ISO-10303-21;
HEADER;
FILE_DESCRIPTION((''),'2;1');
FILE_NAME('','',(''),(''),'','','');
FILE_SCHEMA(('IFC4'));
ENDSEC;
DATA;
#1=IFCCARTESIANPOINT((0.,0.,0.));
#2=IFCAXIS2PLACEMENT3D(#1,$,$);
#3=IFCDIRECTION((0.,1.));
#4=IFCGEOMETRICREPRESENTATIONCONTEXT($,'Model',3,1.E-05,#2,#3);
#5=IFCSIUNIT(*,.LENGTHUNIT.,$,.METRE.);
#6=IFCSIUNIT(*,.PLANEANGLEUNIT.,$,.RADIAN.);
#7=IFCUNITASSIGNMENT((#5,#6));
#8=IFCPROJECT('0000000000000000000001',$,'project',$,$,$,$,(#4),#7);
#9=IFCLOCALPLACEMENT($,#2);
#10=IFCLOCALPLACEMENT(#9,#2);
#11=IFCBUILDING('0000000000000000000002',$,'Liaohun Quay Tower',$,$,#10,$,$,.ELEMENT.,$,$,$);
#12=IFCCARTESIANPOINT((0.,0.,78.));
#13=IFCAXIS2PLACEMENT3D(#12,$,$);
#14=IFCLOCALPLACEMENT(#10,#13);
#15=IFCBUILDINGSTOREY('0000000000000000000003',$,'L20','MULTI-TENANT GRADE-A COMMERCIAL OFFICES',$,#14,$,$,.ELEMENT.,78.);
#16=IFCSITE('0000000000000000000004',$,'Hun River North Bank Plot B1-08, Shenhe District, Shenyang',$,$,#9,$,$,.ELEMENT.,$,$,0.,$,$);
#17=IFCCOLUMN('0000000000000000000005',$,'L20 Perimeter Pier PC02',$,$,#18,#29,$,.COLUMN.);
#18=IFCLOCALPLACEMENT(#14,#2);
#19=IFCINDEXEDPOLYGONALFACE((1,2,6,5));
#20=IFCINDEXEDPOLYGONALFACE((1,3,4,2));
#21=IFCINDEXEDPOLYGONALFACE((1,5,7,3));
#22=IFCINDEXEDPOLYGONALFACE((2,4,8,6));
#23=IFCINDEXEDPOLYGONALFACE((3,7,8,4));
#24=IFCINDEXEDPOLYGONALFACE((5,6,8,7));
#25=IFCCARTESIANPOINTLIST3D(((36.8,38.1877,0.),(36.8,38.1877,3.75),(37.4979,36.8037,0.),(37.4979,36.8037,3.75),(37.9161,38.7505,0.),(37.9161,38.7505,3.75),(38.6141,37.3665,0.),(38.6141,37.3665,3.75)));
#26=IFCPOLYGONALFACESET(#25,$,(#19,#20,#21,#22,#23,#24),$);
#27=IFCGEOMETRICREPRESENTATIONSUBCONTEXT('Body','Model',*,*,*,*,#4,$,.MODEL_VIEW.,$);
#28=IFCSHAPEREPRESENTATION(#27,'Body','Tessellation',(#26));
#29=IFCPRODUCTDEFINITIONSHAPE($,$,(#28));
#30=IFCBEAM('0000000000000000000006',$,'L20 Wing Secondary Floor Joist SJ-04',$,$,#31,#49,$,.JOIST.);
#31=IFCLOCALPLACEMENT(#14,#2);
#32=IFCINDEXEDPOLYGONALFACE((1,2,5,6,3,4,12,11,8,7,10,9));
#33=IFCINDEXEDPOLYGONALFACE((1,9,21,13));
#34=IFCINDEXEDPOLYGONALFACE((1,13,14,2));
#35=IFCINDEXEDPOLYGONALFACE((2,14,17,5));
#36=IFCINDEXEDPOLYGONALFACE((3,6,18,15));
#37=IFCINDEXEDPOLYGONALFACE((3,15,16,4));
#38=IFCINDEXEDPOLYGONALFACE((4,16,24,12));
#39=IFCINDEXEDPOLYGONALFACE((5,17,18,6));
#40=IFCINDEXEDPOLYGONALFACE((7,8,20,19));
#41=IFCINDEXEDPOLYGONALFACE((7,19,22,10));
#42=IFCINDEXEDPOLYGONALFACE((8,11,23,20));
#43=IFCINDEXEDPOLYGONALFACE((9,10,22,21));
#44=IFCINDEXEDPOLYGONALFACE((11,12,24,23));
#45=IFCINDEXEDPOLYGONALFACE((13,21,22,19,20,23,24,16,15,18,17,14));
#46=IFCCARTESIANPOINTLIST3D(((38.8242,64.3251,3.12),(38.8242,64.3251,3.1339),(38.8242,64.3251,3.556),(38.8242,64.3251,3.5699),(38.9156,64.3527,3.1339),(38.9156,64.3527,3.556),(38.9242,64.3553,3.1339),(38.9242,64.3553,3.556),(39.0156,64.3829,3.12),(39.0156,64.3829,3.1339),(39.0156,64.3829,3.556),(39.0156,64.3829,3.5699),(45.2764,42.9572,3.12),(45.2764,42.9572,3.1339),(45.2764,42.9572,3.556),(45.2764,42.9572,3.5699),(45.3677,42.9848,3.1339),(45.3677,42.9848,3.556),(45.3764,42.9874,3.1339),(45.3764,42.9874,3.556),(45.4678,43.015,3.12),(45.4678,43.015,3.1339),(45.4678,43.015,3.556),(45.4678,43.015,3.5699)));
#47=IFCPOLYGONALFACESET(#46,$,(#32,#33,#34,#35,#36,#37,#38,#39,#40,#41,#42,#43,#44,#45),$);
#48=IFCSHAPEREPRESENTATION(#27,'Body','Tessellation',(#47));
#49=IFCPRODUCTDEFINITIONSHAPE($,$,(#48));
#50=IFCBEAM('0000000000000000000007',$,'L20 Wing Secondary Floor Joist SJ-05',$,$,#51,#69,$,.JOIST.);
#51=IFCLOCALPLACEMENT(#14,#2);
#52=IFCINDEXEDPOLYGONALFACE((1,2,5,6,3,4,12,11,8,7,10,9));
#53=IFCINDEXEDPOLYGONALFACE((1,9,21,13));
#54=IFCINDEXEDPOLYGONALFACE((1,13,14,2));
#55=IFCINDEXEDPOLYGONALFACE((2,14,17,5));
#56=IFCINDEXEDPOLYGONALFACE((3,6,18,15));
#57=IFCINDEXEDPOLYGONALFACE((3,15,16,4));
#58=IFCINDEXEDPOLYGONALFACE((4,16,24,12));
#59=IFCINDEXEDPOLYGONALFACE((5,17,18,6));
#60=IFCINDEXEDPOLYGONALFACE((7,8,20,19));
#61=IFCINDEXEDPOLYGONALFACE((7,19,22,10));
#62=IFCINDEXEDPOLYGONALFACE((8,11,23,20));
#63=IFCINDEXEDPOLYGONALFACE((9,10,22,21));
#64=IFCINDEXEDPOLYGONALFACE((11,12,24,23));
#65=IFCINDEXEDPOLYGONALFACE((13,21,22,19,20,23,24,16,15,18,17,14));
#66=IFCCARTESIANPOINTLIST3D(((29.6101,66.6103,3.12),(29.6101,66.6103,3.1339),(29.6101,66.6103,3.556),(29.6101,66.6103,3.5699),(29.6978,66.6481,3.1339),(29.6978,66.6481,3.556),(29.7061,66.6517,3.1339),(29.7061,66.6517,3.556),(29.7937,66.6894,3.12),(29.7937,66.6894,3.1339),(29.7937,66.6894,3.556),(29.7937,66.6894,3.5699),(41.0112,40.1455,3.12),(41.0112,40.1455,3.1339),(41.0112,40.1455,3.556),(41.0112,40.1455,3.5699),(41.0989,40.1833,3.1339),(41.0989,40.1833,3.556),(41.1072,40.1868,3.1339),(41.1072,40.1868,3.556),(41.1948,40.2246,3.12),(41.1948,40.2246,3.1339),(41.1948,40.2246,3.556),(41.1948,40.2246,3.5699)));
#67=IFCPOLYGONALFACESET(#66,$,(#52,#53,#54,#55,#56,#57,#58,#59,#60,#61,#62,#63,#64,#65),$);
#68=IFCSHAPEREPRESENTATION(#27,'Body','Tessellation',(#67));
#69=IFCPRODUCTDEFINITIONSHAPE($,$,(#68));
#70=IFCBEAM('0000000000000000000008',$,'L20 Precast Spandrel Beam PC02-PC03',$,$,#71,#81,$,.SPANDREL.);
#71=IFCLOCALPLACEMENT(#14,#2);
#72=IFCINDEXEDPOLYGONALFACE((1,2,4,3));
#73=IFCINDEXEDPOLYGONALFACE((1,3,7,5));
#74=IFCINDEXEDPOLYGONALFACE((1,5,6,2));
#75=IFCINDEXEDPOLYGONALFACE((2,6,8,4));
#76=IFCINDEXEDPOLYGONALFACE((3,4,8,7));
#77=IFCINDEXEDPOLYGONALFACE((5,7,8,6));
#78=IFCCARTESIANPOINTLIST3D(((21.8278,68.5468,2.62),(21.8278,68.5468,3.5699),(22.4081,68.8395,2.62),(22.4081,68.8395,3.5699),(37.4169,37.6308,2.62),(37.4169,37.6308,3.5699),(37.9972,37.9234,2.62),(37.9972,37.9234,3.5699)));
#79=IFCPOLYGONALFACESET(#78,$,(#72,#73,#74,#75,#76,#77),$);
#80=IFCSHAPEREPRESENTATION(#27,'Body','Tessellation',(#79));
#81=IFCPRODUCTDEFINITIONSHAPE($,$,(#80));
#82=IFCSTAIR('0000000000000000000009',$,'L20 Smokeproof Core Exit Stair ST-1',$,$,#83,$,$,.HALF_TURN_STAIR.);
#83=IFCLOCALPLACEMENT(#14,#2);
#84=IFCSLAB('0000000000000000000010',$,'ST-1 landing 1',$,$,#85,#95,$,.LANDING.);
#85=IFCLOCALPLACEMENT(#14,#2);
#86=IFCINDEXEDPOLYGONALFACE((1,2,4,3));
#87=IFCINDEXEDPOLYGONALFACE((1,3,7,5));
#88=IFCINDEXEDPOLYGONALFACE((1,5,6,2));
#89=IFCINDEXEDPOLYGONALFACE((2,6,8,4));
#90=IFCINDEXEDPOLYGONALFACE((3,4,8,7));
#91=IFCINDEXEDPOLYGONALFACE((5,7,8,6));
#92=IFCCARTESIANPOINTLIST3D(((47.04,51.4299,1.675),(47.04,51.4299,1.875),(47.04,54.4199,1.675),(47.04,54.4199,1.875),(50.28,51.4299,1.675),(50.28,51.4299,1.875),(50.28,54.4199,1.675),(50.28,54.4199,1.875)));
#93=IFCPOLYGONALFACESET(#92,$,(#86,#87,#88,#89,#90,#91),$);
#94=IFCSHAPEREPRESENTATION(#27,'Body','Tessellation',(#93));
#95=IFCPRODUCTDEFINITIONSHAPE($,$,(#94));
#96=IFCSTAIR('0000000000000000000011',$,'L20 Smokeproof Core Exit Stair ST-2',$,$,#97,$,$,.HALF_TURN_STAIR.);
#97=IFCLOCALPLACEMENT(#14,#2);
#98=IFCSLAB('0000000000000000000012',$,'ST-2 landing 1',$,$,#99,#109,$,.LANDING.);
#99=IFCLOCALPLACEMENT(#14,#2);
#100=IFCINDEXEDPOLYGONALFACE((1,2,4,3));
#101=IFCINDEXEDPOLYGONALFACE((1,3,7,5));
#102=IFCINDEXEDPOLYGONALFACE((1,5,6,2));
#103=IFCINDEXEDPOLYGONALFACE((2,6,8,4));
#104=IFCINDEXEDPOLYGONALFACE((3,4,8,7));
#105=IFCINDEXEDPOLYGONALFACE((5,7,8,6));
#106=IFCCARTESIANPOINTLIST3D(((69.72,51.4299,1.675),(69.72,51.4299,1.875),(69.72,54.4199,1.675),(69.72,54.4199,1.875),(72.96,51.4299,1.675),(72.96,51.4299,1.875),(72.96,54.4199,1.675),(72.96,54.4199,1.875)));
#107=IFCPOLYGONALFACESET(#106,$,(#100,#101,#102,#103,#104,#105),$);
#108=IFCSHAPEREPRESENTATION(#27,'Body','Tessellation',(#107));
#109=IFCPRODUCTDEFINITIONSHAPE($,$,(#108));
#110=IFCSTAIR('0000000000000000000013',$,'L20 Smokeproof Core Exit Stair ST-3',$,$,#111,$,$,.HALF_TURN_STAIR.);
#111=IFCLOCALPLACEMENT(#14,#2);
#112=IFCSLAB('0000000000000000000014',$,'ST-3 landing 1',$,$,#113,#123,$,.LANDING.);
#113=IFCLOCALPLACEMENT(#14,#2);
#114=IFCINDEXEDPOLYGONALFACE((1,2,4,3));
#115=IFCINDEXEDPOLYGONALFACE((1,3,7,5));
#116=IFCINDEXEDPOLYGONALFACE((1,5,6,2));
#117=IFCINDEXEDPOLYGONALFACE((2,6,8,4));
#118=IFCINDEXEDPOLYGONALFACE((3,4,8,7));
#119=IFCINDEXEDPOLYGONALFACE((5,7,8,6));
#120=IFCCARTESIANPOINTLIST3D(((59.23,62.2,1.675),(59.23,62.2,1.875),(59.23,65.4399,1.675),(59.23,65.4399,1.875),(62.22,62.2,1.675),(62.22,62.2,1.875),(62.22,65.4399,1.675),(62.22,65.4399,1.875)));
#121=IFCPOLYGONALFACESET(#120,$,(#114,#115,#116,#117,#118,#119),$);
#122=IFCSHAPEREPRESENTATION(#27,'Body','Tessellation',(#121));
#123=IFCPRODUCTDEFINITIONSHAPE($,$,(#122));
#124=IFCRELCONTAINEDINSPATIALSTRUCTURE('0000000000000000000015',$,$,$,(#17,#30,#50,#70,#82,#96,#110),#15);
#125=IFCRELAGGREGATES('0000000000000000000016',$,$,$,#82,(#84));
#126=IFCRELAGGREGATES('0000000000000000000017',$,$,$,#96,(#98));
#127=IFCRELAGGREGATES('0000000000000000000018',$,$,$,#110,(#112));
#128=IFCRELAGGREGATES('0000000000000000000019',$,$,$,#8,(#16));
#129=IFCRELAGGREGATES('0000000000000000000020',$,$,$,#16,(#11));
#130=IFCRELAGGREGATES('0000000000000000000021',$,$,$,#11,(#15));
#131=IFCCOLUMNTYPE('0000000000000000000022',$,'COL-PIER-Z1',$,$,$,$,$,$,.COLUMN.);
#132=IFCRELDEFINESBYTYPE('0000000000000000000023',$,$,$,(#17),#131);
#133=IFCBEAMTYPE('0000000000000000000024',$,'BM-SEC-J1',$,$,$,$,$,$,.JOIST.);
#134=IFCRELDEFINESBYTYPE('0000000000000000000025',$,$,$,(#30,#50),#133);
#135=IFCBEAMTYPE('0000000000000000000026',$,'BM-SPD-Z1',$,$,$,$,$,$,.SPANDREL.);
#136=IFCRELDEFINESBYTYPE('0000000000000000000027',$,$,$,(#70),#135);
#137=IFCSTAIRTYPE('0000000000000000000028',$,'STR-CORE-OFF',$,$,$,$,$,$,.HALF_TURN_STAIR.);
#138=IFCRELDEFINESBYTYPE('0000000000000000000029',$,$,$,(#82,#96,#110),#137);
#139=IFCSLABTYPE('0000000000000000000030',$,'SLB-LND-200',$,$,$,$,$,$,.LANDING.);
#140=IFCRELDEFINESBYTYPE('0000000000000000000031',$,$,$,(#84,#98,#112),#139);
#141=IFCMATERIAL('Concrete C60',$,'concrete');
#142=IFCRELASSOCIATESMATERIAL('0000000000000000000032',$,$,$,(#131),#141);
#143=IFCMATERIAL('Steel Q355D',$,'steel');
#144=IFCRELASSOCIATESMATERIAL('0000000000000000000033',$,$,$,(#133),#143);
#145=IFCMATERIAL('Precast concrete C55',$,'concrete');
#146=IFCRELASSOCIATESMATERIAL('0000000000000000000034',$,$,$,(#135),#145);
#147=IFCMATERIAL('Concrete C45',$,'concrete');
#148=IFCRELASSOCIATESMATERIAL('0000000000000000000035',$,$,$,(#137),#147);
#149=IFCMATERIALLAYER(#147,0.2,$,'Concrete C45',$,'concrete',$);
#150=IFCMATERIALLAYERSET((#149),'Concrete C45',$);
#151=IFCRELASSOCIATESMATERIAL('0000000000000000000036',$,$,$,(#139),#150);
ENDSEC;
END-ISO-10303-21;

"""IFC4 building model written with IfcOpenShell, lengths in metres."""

from ifc_helpers import new_model, si_unit, direction, frame, origin, origin_2d, place, context, subcontext, project, spatial, polyline, rectangle, i_section, outline, extrude, source, transform, mapped, material, layer, layer_set, material_profile, profile_set, type_object, element, aggregate, save


model = new_model("IFC4")

# Units and contexts
model_context = context("Model", 3, precision=1e-05, world=origin(), true_north=direction((0.0, 1.0)))
body_context = subcontext(model_context, "Body", "Model", "MODEL_VIEW")
ifc_project = project(units=[si_unit("LENGTHUNIT", "METRE"), si_unit("PLANEANGLEUNIT", "RADIAN")], contexts=[model_context])

# Site, building, storey
site_placement = place(None, origin())
site = spatial("IfcSite", under=ifc_project, at=site_placement, Name="Hun River North Bank Plot B1-08, Shenhe District, Shenyang", CompositionType="ELEMENT", RefElevation=0.0)
building_placement = place(site_placement, origin())
building = spatial("IfcBuilding", under=site, at=building_placement, Name="Liaohun Quay Tower", CompositionType="ELEMENT")
storey_placement = place(building_placement, frame((0.0, 0.0, 78.0)))
storey = spatial("IfcBuildingStorey", under=building, at=storey_placement, Name="L20", Description="MULTI-TENANT GRADE-A COMMERCIAL OFFICES", CompositionType="ELEMENT", Elevation=78.0)

# Column
ifc_material_1 = material(Name="Concrete C60", Category="concrete")
ifc_material_profile_1 = material_profile(ifc_material_1, rectangle(XDim=1.55, YDim=1.25, at=origin_2d()), Name="RC1550x1250")
ifc_profile_set_1 = profile_set([ifc_material_profile_1], Name="Concrete C60")
column_type = type_object("IfcColumnType", Name="COL-PIER-Z1", PredefinedType="COLUMN", material=ifc_profile_set_1)
shared_shape_1 = source(origin(), body_context, "Body", "SweptSolid", [
    extrude(rectangle(XDim=1.55, YDim=1.25, at=origin_2d()), origin(), (0.0, 0.0, 1.0), 3.75),
])
column_placement = place(storey_placement, frame((37.707, 37.7771, 0.0), z_axis=(0.0, 0.0, 1.0), x_axis=(-0.450254, 0.8929, 0.0)))
element("IfcColumn", 1, at=column_placement, inside=storey, type_object=column_type, Name="L20 Perimeter Pier PC02", PredefinedType="COLUMN", context=body_context, shape_type="MappedRepresentation", body=[
    mapped(shared_shape_1, transform((0.0, 0.0, 0.0), x_axis=(1.0, 0.0, 0.0), y_axis=(0.0, 1.0, 0.0), z_axis=(0.0, 0.0, 1.0), scale=1.0)),
])

# Beams
ifc_material_2 = material(Name="Steel Q355D", Category="steel")
ifc_material_profile_2 = material_profile(ifc_material_2, i_section(OverallWidth=0.2, OverallDepth=0.45, WebThickness=0.009, FlangeThickness=0.0139, at=origin_2d()), Name="HN450x200x9x14")
ifc_profile_set_2 = profile_set([ifc_material_profile_2], Name="Steel Q355D")
beam_type_1 = type_object("IfcBeamType", Name="BM-SEC-J1", PredefinedType="JOIST", material=ifc_profile_set_2)
shared_shape_2 = source(origin(), body_context, "Body", "SweptSolid", [
    extrude(i_section(OverallWidth=0.2, OverallDepth=0.45, WebThickness=0.009, FlangeThickness=0.0139, at=origin_2d()), origin(), (0.0, 0.0, 1.0), 22.3208),
])
beam_1_placement = place(storey_placement, frame((45.3721, 42.9861, 3.345), z_axis=(-0.289064, 0.95731, 0.0), x_axis=(-0.95731, -0.289064, 0.0)))
element("IfcBeam", 2, at=beam_1_placement, inside=storey, type_object=beam_type_1, Name="L20 Wing Secondary Floor Joist SJ-04", PredefinedType="JOIST", context=body_context, shape_type="MappedRepresentation", body=[
    mapped(shared_shape_2, transform((0.0, 0.0, 0.0), x_axis=(1.0, 0.0, 0.0), y_axis=(0.0, 1.0, 0.0), z_axis=(0.0, 0.0, 1.0), scale=1.0)),
])
shared_shape_3 = source(origin(), body_context, "Body", "SweptSolid", [
    extrude(i_section(OverallWidth=0.2, OverallDepth=0.45, WebThickness=0.009, FlangeThickness=0.0139, at=origin_2d()), origin(), (0.0, 0.0, 1.0), 28.8162),
])
beam_2_placement = place(storey_placement, frame((41.103, 40.1851, 3.345), z_axis=(-0.39565, 0.918401, 0.0), x_axis=(-0.918401, -0.39565, 0.0)))
element("IfcBeam", 3, at=beam_2_placement, inside=storey, type_object=beam_type_1, Name="L20 Wing Secondary Floor Joist SJ-05", PredefinedType="JOIST", context=body_context, shape_type="MappedRepresentation", body=[
    mapped(shared_shape_3, transform((0.0, 0.0, 0.0), x_axis=(1.0, 0.0, 0.0), y_axis=(0.0, 1.0, 0.0), z_axis=(0.0, 0.0, 1.0), scale=1.0)),
])
ifc_material_3 = material(Name="Precast concrete C55", Category="concrete")
ifc_material_profile_3 = material_profile(ifc_material_3, rectangle(XDim=0.6499, YDim=0.95, at=origin_2d()), Name="RC650x950")
ifc_profile_set_3 = profile_set([ifc_material_profile_3], Name="Precast concrete C55")
beam_type_2 = type_object("IfcBeamType", Name="BM-SPD-Z1", PredefinedType="SPANDREL", material=ifc_profile_set_3)
shared_shape_4 = source(origin(), body_context, "Body", "SweptSolid", [
    extrude(rectangle(XDim=0.6499, YDim=0.95, at=origin_2d()), origin(), (0.0, 0.0, 1.0), 34.624),
])
beam_3_placement = place(storey_placement, frame((37.707, 37.7771, 3.095), z_axis=(-0.45024, 0.892907, 0.0), x_axis=(-0.892907, -0.45024, 0.0)))
element("IfcBeam", 4, at=beam_3_placement, inside=storey, type_object=beam_type_2, Name="L20 Precast Spandrel Beam PC02-PC03", PredefinedType="SPANDREL", context=body_context, shape_type="MappedRepresentation", body=[
    mapped(shared_shape_4, transform((0.0, 0.0, 0.0), x_axis=(1.0, 0.0, 0.0), y_axis=(0.0, 1.0, 0.0), z_axis=(0.0, 0.0, 1.0), scale=1.0)),
])

# Stairs, slabs
ifc_material_4 = material(Name="Concrete C45", Category="concrete")
stair_type = type_object("IfcStairType", Name="STR-CORE-OFF", PredefinedType="HALF_TURN_STAIR", material=ifc_material_4)
stair_1_placement = place(storey_placement, origin())
stair_1 = element("IfcStair", 5, at=stair_1_placement, inside=storey, type_object=stair_type, Name="L20 Smokeproof Core Exit Stair ST-1", PredefinedType="HALF_TURN_STAIR")
ifc_layer_1 = layer(ifc_material_4, 0.2, Name="Concrete C45", Category="concrete")
ifc_layer_set_1 = layer_set([ifc_layer_1], Name="Concrete C45")
slab_type_1 = type_object("IfcSlabType", Name="SLB-LND-200", PredefinedType="LANDING", material=ifc_layer_set_1)
slab_1_placement = place(storey_placement, frame((0.0, 0.0, 1.675)))
slab_1 = element("IfcSlab", 6, at=slab_1_placement, type_object=slab_type_1, Name="ST-1 landing 1", PredefinedType="LANDING", context=body_context, shape_type="SweptSolid", body=[
    extrude(outline(polyline([(50.28, 51.4299), (50.28, 54.4199), (47.04, 54.4199), (47.04, 51.4299), (50.28, 51.4299)])), origin(), (0.0, 0.0, 1.0), 0.2),
])
aggregate(stair_1, [slab_1])
stair_2_placement = place(storey_placement, origin())
stair_2 = element("IfcStair", 7, at=stair_2_placement, inside=storey, type_object=stair_type, Name="L20 Smokeproof Core Exit Stair ST-2", PredefinedType="HALF_TURN_STAIR")
slab_2_placement = place(storey_placement, frame((0.0, 0.0, 1.675)))
slab_2 = element("IfcSlab", 8, at=slab_2_placement, type_object=slab_type_1, Name="ST-2 landing 1", PredefinedType="LANDING", context=body_context, shape_type="SweptSolid", body=[
    extrude(outline(polyline([(72.96, 51.4299), (72.96, 54.4199), (69.72, 54.4199), (69.72, 51.4299), (72.96, 51.4299)])), origin(), (0.0, 0.0, 1.0), 0.2),
])
aggregate(stair_2, [slab_2])
stair_3_placement = place(storey_placement, origin())
stair_3 = element("IfcStair", 9, at=stair_3_placement, inside=storey, type_object=stair_type, Name="L20 Smokeproof Core Exit Stair ST-3", PredefinedType="HALF_TURN_STAIR")
slab_3_placement = place(storey_placement, frame((0.0, 0.0, 1.675)))
slab_3 = element("IfcSlab", 10, at=slab_3_placement, type_object=slab_type_1, Name="ST-3 landing 1", PredefinedType="LANDING", context=body_context, shape_type="SweptSolid", body=[
    extrude(outline(polyline([(59.23, 62.2), (62.22, 62.2), (62.22, 65.4399), (59.23, 65.4399), (59.23, 62.2)])), origin(), (0.0, 0.0, 1.0), 0.2),
])
aggregate(stair_3, [slab_3])

save(model, "model.ifc")
